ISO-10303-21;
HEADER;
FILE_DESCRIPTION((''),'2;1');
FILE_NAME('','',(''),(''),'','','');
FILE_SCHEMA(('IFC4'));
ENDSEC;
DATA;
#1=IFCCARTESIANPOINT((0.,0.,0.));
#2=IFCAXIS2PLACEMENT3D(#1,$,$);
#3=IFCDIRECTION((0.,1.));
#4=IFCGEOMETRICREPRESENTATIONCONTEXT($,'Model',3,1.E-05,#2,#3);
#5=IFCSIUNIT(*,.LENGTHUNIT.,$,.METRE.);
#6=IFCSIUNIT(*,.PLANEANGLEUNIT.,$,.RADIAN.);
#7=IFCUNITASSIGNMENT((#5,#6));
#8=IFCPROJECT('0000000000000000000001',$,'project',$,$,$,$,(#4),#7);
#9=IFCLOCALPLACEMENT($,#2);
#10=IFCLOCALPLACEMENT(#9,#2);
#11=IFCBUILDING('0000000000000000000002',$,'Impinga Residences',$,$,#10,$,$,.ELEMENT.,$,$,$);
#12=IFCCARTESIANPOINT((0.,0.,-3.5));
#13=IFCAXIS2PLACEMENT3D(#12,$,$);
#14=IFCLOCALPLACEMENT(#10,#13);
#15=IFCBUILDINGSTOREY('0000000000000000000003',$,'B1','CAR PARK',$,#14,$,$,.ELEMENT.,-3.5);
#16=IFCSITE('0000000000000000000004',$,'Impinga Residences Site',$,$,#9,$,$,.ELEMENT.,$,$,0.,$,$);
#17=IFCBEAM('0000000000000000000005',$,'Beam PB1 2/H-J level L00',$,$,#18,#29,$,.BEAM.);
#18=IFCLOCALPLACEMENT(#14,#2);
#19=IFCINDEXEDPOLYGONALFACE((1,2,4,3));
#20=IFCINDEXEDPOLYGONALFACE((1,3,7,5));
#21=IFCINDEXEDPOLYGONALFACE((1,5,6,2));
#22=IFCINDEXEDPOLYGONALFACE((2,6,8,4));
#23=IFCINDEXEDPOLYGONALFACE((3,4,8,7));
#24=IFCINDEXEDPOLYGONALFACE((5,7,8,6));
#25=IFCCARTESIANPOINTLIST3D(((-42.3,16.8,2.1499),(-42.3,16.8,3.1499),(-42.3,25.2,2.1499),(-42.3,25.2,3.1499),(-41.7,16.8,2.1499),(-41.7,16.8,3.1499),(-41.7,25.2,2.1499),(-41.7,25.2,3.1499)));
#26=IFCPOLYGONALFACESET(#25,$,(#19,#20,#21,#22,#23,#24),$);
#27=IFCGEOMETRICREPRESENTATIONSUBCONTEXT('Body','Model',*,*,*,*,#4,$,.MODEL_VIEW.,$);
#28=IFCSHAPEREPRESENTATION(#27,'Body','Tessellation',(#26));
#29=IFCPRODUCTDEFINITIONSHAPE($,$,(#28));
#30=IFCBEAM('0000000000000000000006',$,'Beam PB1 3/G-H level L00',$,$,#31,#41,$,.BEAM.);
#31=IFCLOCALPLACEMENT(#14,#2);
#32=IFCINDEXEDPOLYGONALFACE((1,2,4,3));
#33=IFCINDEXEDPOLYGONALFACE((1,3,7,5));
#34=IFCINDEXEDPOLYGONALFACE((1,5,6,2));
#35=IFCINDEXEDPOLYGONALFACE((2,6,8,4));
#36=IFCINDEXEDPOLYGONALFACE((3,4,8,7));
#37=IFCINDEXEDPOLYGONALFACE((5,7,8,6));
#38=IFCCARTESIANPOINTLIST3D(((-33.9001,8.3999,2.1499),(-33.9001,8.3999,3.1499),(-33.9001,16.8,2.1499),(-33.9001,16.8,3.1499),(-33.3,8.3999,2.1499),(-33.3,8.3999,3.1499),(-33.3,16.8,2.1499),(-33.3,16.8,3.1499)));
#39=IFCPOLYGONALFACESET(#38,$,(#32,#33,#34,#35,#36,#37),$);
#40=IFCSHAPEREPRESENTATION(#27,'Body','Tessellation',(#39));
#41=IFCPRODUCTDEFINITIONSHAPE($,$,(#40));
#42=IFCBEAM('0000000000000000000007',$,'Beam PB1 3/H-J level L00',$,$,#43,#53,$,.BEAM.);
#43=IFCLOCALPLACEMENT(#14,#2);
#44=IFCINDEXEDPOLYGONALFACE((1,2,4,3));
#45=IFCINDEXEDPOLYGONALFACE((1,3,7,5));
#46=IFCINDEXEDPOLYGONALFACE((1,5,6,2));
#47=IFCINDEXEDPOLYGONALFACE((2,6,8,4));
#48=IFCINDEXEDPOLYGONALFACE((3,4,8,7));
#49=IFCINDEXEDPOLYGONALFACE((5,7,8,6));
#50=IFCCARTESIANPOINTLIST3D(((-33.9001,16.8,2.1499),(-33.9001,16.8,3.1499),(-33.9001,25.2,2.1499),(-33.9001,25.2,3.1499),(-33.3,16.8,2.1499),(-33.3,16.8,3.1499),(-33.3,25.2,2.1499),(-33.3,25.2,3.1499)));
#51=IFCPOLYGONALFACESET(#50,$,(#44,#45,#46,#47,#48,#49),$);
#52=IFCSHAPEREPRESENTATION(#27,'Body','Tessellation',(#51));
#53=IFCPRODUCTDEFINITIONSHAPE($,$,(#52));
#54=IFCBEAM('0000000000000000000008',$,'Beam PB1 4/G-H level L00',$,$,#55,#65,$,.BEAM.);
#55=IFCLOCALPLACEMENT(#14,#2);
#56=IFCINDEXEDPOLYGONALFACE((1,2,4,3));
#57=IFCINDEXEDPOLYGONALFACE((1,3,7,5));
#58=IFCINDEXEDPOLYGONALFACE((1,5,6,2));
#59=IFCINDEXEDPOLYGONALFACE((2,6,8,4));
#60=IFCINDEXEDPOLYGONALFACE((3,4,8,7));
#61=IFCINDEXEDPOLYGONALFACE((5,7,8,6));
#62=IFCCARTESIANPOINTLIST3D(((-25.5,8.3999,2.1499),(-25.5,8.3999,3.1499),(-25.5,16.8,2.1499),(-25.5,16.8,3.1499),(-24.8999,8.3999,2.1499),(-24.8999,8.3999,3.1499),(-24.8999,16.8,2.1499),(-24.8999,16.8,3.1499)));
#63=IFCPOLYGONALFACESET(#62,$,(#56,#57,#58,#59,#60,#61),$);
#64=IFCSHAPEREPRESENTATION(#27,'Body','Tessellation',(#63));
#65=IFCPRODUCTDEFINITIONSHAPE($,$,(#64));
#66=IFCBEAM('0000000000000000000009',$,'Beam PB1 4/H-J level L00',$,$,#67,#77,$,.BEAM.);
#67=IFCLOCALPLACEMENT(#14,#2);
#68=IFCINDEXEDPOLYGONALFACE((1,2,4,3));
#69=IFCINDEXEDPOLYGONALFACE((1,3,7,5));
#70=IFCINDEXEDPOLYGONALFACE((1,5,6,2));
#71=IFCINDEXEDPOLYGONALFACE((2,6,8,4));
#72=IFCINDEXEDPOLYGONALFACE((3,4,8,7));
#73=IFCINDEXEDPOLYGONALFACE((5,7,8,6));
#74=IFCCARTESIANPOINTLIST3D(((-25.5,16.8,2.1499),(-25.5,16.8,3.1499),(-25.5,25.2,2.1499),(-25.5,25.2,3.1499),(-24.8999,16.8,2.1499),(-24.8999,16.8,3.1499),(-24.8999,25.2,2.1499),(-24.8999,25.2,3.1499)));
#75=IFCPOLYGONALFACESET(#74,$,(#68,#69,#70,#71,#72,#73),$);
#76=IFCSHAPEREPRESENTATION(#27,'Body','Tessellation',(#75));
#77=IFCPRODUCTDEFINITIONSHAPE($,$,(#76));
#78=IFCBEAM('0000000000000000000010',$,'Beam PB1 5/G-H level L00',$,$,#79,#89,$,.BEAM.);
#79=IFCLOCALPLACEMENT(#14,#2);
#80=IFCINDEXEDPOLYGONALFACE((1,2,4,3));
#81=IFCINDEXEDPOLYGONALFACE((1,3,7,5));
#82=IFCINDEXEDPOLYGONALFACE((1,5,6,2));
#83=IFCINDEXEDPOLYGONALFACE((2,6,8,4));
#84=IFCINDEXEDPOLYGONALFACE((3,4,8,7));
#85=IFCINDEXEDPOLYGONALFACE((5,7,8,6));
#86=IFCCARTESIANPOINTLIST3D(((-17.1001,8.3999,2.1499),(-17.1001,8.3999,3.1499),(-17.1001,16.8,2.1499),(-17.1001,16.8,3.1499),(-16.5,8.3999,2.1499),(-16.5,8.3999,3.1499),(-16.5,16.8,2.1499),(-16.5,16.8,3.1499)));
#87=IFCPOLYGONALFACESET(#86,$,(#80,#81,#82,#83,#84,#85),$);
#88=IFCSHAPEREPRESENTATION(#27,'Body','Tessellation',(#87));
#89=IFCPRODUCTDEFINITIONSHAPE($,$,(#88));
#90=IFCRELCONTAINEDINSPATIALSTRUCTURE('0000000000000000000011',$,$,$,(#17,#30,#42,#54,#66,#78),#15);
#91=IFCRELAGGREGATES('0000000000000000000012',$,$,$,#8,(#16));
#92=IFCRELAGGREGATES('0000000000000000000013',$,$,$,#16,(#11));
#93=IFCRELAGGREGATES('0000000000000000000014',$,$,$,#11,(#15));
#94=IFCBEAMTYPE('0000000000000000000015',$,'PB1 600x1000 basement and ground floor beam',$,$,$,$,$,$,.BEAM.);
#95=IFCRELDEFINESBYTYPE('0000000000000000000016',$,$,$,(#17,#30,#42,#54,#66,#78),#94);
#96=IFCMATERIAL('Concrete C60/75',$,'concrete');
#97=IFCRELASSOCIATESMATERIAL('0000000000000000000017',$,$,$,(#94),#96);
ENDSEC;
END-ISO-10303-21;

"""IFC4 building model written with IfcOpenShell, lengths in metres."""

from ifc_helpers import new_model, si_unit, direction, frame, origin, origin_2d, place, context, subcontext, project, spatial, rectangle, extrude, material, material_profile, profile_set, type_object, element, save


model = new_model("IFC4")

# Units and contexts
model_context = context("Model", 3, precision=1e-05, world=origin(), true_north=direction((0.0, 1.0)))
body_context = subcontext(model_context, "Body", "Model", "MODEL_VIEW")
ifc_project = project(units=[si_unit("LENGTHUNIT", "METRE"), si_unit("PLANEANGLEUNIT", "RADIAN")], contexts=[model_context])

# Site, building, storey
site_placement = place(None, origin())
site = spatial("IfcSite", under=ifc_project, at=site_placement, Name="Impinga Residences Site", CompositionType="ELEMENT", RefElevation=0.0)
building_placement = place(site_placement, origin())
building = spatial("IfcBuilding", under=site, at=building_placement, Name="Impinga Residences", CompositionType="ELEMENT")
storey_placement = place(building_placement, frame((0.0, 0.0, -3.5)))
storey = spatial("IfcBuildingStorey", under=building, at=storey_placement, Name="B1", Description="CAR PARK", CompositionType="ELEMENT", Elevation=-3.5)

# Beams
ifc_material_1 = material(Name="Concrete C60/75", Category="concrete")
ifc_material_profile_1 = material_profile(ifc_material_1, rectangle(XDim=0.6001, YDim=1.0, at=origin_2d()), Name="RC 600x1000")
ifc_profile_set_1 = profile_set([ifc_material_profile_1], Name="Concrete C60/75")
beam_type = type_object("IfcBeamType", Name="PB1 600x1000 basement and ground floor beam", PredefinedType="BEAM", material=ifc_profile_set_1)
beam_1_placement = place(storey_placement, frame((-42.0, 16.8, 2.6499), z_axis=(0.0, 1.0, 0.0), x_axis=(-1.0, 0.0, 0.0)))
element("IfcBeam", 1, at=beam_1_placement, inside=storey, type_object=beam_type, Name="Beam PB1 2/H-J level L00", PredefinedType="BEAM", context=body_context, shape_type="SweptSolid", body=[
    extrude(rectangle(XDim=0.6001, YDim=1.0, at=origin_2d()), origin(), (0.0, 0.0, 1.0), 8.3999),
])
beam_2_placement = place(storey_placement, frame((-33.6001, 8.3999, 2.6499), z_axis=(0.0, 1.0, 0.0), x_axis=(-1.0, 0.0, 0.0)))
element("IfcBeam", 2, at=beam_2_placement, inside=storey, type_object=beam_type, Name="Beam PB1 3/G-H level L00", PredefinedType="BEAM", context=body_context, shape_type="SweptSolid", body=[
    extrude(rectangle(XDim=0.6001, YDim=1.0, at=origin_2d()), origin(), (0.0, 0.0, 1.0), 8.4001),
])
beam_3_placement = place(storey_placement, frame((-33.6001, 16.8, 2.6499), z_axis=(0.0, 1.0, 0.0), x_axis=(-1.0, 0.0, 0.0)))
element("IfcBeam", 3, at=beam_3_placement, inside=storey, type_object=beam_type, Name="Beam PB1 3/H-J level L00", PredefinedType="BEAM", context=body_context, shape_type="SweptSolid", body=[
    extrude(rectangle(XDim=0.6001, YDim=1.0, at=origin_2d()), origin(), (0.0, 0.0, 1.0), 8.3999),
])
beam_4_placement = place(storey_placement, frame((-25.2, 8.3999, 2.6499), z_axis=(0.0, 1.0, 0.0), x_axis=(-1.0, 0.0, 0.0)))
element("IfcBeam", 4, at=beam_4_placement, inside=storey, type_object=beam_type, Name="Beam PB1 4/G-H level L00", PredefinedType="BEAM", context=body_context, shape_type="SweptSolid", body=[
    extrude(rectangle(XDim=0.6001, YDim=1.0, at=origin_2d()), origin(), (0.0, 0.0, 1.0), 8.4001),
])
beam_5_placement = place(storey_placement, frame((-25.2, 16.8, 2.6499), z_axis=(0.0, 1.0, 0.0), x_axis=(-1.0, 0.0, 0.0)))
element("IfcBeam", 5, at=beam_5_placement, inside=storey, type_object=beam_type, Name="Beam PB1 4/H-J level L00", PredefinedType="BEAM", context=body_context, shape_type="SweptSolid", body=[
    extrude(rectangle(XDim=0.6001, YDim=1.0, at=origin_2d()), origin(), (0.0, 0.0, 1.0), 8.3999),
])
beam_6_placement = place(storey_placement, frame((-16.8, 8.3999, 2.6499), z_axis=(0.0, 1.0, 0.0), x_axis=(-1.0, 0.0, 0.0)))
element("IfcBeam", 6, at=beam_6_placement, inside=storey, type_object=beam_type, Name="Beam PB1 5/G-H level L00", PredefinedType="BEAM", context=body_context, shape_type="SweptSolid", body=[
    extrude(rectangle(XDim=0.6001, YDim=1.0, at=origin_2d()), origin(), (0.0, 0.0, 1.0), 8.4001),
])

save(model, "model.ifc")
